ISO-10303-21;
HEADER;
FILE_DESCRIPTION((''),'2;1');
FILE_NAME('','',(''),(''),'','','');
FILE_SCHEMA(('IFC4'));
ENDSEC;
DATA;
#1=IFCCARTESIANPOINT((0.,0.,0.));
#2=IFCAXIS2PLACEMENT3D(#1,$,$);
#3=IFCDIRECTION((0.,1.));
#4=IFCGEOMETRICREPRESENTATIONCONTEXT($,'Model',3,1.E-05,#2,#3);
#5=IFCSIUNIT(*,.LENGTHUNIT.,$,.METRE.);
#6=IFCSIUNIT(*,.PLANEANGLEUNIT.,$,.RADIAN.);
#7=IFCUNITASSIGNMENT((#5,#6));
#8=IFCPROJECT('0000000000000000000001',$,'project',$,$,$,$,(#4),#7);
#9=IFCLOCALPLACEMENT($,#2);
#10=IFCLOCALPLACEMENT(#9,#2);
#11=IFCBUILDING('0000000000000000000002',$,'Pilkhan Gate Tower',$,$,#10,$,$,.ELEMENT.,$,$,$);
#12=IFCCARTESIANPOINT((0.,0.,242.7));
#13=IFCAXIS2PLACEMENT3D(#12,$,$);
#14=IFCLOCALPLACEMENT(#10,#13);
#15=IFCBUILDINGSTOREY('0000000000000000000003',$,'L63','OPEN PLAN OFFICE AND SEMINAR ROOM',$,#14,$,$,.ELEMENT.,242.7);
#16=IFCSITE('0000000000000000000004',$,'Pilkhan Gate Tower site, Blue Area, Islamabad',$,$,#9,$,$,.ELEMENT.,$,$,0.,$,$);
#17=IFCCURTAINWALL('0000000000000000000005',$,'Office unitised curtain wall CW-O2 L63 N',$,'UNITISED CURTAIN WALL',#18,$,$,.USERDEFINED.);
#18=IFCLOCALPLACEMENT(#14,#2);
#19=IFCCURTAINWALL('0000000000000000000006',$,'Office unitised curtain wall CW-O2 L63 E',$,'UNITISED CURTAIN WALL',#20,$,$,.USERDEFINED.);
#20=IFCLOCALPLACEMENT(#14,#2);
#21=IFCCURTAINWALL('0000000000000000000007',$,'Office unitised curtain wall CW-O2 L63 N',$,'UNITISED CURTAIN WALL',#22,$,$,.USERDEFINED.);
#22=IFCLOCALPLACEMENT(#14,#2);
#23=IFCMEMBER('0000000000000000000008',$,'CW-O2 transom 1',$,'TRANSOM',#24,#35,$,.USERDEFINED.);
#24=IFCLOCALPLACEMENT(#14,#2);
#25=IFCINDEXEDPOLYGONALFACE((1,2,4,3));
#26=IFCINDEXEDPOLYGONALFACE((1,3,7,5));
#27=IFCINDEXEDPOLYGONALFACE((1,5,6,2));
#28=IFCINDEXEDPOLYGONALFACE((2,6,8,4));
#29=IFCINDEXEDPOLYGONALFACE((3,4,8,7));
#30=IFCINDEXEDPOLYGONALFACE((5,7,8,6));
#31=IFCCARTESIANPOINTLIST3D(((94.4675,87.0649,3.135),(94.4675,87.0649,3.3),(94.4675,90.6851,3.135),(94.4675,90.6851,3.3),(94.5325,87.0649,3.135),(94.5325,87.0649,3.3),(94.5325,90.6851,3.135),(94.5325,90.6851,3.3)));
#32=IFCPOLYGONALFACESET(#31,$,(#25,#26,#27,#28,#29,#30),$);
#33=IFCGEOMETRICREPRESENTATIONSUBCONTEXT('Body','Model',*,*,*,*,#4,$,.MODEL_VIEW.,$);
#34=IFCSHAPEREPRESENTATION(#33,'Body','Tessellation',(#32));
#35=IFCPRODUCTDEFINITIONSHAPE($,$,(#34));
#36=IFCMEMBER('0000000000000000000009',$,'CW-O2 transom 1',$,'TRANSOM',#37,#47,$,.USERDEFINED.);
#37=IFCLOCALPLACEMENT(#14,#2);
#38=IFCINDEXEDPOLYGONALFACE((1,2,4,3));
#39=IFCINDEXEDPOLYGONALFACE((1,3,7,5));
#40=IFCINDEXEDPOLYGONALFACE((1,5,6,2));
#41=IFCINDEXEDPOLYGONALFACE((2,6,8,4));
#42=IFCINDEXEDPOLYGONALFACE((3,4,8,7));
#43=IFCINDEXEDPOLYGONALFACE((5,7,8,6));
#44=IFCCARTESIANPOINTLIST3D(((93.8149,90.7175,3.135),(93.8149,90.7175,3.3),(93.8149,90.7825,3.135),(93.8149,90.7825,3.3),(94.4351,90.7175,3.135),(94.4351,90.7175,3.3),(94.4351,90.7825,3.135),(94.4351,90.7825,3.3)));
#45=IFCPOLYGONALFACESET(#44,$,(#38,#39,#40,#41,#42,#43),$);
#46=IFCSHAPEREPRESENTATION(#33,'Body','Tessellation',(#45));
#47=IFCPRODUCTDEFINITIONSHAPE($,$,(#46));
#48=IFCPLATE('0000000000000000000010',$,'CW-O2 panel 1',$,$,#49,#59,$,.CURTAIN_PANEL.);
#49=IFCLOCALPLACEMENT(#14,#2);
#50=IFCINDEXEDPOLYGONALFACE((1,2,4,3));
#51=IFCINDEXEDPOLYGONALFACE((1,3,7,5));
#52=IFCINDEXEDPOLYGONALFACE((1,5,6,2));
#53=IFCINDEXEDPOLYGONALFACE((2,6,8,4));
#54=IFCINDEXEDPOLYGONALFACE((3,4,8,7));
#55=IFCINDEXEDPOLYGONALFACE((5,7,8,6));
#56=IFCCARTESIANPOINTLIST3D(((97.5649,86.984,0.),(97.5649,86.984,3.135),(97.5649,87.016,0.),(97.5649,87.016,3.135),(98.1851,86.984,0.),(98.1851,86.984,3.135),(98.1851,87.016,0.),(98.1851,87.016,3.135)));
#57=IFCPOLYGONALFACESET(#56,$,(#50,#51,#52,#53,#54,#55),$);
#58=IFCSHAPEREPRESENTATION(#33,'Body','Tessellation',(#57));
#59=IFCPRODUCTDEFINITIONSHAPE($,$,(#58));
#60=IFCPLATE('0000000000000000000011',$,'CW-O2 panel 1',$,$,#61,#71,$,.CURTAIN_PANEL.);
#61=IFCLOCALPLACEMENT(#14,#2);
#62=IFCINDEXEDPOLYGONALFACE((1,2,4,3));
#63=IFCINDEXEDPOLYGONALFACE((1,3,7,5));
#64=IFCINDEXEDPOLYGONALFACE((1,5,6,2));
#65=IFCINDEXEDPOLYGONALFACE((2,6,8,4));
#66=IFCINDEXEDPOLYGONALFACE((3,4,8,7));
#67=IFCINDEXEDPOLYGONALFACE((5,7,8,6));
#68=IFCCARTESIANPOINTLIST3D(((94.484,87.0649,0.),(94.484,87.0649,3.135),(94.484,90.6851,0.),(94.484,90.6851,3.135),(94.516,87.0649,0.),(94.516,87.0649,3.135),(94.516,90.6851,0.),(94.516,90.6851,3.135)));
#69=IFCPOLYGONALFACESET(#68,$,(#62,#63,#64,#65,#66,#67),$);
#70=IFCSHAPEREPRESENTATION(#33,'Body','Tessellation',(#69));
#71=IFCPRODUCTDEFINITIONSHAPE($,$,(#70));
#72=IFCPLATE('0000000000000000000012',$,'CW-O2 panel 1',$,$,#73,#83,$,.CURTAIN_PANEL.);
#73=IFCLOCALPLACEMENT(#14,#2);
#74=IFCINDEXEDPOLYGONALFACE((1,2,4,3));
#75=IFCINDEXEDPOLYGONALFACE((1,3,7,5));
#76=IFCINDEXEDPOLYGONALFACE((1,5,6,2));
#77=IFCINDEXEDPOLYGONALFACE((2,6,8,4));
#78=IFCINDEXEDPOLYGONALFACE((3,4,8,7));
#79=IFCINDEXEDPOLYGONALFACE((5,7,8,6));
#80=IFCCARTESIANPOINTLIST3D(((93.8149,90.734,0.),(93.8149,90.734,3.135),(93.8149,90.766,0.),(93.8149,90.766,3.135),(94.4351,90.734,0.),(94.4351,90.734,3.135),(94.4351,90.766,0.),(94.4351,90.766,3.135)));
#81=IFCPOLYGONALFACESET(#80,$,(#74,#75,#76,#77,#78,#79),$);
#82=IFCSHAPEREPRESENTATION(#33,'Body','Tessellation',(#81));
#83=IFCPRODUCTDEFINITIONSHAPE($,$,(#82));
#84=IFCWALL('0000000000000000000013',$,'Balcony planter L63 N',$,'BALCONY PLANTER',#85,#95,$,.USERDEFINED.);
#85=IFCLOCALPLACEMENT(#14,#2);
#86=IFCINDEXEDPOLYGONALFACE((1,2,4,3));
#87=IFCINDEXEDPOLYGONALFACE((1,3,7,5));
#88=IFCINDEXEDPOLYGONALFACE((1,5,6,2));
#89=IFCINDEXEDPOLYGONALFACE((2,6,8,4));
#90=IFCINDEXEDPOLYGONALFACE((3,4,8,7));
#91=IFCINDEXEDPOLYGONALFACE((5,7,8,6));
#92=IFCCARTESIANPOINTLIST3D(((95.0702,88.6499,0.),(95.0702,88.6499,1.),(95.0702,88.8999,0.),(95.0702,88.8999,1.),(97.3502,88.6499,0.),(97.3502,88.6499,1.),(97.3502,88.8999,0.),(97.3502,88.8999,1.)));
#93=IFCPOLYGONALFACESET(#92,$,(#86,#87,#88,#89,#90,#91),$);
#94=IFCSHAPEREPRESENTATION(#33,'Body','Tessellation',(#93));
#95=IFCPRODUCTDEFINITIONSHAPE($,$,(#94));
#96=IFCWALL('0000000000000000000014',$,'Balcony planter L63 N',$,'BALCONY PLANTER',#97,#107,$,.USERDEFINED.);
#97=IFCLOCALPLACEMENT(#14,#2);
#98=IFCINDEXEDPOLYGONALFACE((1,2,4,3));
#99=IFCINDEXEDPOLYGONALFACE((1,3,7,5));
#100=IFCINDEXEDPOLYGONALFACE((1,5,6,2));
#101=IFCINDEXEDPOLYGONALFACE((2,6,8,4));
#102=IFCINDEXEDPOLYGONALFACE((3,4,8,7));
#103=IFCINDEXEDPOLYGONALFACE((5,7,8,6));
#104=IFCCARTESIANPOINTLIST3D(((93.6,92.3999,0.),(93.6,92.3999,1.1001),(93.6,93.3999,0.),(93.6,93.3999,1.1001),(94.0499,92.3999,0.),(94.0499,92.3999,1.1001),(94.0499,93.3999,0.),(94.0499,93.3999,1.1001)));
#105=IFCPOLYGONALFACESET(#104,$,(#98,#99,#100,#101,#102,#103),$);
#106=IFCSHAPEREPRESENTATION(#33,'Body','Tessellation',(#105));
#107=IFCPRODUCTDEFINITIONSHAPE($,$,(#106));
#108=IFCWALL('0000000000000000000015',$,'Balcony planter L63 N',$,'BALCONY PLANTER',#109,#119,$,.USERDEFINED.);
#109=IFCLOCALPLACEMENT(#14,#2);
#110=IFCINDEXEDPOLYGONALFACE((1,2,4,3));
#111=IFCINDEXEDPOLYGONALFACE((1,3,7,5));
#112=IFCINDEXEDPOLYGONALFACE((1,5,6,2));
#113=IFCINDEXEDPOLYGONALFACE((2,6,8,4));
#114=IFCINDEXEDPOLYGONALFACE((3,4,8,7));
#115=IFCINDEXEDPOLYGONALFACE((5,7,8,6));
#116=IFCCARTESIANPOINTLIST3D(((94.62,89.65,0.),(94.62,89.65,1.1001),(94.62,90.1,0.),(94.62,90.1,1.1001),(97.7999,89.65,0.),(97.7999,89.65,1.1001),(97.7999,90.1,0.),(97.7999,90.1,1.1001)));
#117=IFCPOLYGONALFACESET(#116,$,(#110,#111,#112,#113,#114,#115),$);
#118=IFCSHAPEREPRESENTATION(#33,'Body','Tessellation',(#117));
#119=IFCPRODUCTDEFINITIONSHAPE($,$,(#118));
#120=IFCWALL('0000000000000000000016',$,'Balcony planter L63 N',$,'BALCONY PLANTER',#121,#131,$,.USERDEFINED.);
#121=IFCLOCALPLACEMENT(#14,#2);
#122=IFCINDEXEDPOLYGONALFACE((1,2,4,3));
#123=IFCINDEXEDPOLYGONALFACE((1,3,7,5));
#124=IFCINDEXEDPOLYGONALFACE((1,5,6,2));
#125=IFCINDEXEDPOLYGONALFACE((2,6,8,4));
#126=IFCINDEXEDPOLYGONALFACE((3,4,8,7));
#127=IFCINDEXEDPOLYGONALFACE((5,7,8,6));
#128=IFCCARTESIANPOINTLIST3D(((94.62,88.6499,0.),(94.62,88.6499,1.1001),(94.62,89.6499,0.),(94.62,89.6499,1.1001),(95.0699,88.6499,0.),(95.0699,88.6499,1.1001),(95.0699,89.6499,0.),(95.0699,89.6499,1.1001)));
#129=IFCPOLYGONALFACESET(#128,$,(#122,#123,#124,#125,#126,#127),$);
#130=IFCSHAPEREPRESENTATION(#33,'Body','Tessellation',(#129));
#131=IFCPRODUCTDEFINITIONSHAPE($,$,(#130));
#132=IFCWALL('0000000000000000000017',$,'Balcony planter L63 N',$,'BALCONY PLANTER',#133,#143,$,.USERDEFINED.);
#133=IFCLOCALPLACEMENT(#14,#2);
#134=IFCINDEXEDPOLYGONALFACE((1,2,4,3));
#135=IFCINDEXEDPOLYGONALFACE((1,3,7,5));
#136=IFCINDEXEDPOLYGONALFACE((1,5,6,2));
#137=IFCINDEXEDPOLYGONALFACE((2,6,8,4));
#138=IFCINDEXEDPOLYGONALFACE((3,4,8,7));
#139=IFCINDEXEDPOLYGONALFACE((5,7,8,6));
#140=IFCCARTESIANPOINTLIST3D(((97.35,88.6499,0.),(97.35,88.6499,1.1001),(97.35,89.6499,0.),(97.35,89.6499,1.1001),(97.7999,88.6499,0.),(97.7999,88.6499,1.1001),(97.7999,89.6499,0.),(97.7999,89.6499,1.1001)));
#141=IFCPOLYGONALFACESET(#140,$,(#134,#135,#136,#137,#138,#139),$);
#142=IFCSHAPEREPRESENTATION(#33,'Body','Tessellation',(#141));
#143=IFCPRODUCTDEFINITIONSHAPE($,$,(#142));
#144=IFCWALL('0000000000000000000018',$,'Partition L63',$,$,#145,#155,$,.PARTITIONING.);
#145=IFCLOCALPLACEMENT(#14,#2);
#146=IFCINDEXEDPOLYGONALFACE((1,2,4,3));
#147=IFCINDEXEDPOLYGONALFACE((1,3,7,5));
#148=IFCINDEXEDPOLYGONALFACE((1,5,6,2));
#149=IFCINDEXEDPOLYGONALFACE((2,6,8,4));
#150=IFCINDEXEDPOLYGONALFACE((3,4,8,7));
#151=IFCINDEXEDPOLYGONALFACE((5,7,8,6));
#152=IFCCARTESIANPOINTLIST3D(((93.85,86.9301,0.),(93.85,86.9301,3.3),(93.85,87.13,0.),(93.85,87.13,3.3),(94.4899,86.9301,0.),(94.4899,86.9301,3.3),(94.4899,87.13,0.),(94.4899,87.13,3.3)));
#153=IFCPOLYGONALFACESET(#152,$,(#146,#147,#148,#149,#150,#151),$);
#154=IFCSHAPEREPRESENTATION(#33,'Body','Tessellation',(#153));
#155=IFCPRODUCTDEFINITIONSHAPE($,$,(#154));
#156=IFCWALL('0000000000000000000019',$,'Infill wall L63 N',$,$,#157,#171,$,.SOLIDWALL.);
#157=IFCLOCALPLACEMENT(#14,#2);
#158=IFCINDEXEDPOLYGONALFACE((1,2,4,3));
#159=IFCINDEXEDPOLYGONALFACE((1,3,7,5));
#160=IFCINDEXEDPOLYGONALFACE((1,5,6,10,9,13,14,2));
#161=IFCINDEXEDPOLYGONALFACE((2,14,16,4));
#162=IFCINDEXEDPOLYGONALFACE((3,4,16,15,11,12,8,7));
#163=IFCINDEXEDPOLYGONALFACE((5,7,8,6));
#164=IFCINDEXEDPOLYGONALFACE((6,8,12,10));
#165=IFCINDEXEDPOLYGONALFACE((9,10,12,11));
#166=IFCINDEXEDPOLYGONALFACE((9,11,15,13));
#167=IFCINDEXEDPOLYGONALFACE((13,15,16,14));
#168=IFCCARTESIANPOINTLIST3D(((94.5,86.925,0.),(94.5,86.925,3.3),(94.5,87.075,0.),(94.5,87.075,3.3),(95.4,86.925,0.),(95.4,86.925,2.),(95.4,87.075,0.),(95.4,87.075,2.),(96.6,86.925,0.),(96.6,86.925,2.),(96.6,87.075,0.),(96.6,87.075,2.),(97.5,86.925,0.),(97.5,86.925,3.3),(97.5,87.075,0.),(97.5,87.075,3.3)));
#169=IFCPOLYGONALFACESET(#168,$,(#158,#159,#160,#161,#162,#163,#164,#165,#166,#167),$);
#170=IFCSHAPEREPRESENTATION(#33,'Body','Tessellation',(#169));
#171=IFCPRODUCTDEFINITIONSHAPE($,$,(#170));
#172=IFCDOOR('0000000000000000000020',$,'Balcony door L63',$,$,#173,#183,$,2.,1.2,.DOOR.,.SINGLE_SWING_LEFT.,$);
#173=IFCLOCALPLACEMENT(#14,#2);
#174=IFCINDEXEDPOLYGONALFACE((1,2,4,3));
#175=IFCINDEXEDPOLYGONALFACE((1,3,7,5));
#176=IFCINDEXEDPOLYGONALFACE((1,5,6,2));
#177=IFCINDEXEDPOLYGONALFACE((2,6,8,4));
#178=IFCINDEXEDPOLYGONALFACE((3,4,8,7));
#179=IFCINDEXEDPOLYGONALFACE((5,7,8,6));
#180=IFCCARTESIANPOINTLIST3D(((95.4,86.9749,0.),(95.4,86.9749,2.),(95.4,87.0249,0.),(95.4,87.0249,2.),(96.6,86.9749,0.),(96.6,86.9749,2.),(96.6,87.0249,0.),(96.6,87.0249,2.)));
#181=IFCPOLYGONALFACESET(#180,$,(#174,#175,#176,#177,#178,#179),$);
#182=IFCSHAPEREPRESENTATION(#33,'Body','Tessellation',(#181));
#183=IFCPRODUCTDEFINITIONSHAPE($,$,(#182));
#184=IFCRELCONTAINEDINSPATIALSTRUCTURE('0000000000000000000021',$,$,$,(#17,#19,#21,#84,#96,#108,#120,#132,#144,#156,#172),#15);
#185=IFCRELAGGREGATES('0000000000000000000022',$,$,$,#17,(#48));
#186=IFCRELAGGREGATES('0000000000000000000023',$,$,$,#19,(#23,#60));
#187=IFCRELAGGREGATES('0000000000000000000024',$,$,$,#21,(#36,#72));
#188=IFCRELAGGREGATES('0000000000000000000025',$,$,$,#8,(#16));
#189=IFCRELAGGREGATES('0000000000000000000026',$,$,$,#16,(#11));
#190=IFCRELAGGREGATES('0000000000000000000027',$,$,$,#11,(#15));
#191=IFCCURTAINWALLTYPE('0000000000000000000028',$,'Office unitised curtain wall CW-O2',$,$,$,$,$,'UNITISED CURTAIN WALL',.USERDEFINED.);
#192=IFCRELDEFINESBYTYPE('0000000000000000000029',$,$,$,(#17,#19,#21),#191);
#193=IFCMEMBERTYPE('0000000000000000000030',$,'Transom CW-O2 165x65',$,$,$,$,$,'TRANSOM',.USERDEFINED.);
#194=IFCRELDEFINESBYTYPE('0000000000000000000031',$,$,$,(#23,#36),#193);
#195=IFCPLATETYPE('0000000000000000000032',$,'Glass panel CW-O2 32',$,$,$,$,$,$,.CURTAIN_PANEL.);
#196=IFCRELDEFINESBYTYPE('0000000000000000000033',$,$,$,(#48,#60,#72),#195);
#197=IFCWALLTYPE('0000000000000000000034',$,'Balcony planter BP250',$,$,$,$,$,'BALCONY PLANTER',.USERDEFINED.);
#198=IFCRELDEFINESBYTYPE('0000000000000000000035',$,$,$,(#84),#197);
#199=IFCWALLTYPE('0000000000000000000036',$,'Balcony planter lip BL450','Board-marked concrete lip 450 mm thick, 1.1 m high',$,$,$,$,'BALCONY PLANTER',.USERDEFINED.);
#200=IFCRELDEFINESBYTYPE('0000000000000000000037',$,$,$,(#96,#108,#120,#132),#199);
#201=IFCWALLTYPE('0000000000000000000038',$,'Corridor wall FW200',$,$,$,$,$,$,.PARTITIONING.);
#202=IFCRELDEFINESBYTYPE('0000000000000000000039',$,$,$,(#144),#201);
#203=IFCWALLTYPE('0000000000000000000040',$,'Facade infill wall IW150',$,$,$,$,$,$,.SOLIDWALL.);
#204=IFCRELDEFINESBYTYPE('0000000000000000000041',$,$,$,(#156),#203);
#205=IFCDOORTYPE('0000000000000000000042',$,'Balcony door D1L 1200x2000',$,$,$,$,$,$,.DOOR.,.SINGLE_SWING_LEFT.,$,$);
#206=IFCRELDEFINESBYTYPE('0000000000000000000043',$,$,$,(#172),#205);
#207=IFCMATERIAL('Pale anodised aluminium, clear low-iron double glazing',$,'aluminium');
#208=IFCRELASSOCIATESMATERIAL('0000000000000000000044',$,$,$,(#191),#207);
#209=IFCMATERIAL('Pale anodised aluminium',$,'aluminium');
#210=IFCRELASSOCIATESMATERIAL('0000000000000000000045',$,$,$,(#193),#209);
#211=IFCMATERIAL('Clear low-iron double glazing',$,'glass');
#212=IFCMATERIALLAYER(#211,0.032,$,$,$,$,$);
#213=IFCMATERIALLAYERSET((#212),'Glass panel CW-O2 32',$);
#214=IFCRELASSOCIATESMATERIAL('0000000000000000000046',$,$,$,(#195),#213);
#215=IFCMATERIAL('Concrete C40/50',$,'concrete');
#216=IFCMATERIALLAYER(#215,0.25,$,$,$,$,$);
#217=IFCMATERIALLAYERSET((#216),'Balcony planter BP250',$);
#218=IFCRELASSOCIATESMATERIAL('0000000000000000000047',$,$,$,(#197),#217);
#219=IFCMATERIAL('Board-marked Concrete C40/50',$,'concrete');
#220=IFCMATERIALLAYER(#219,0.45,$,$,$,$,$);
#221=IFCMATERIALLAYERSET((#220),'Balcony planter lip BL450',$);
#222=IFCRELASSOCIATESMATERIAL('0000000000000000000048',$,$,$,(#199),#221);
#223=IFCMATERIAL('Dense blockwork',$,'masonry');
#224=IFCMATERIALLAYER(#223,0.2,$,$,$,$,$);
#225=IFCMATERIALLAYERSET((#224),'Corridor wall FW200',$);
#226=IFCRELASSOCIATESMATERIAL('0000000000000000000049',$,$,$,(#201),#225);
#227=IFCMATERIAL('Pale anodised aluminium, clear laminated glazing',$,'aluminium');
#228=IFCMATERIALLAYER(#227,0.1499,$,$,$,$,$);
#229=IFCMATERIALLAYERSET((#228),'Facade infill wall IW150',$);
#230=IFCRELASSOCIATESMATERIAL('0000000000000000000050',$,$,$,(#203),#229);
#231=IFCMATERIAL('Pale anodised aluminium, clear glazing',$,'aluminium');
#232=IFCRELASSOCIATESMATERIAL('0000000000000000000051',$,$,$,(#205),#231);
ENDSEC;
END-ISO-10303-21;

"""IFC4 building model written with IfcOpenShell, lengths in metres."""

from ifc_helpers import new_model, si_unit, direction, frame, frame_2d, origin, origin_2d, place, context, subcontext, project, spatial, rectangle, extrude, material, layer, layer_set, material_profile, profile_set, type_object, element, fill, aggregate, save


model = new_model("IFC4")

# Units and contexts
model_context = context("Model", 3, precision=1e-05, world=origin(), true_north=direction((0.0, 1.0)))
body_context = subcontext(model_context, "Body", "Model", "MODEL_VIEW")
ifc_project = project(units=[si_unit("LENGTHUNIT", "METRE"), si_unit("PLANEANGLEUNIT", "RADIAN")], contexts=[model_context])

# Site, building, storey
site_placement = place(None, origin())
site = spatial("IfcSite", under=ifc_project, at=site_placement, Name="Pilkhan Gate Tower site, Blue Area, Islamabad", CompositionType="ELEMENT", RefElevation=0.0)
building_placement = place(site_placement, origin())
building = spatial("IfcBuilding", under=site, at=building_placement, Name="Pilkhan Gate Tower", CompositionType="ELEMENT")
storey_placement = place(building_placement, frame((0.0, 0.0, 242.7)))
storey = spatial("IfcBuildingStorey", under=building, at=storey_placement, Name="L63", Description="OPEN PLAN OFFICE AND SEMINAR ROOM", CompositionType="ELEMENT", Elevation=242.7)

# Shared definitions
ifc_material_1 = material(Name="Pale anodised aluminium, clear low-iron double glazing", Category="aluminium")
curtain_wall_type = type_object("IfcCurtainWallType", Name="Office unitised curtain wall CW-O2", ElementType="UNITISED CURTAIN WALL", PredefinedType="USERDEFINED", material=ifc_material_1)
ifc_material_2 = material(Name="Pale anodised aluminium", Category="aluminium")

# Curtain walls
curtain_wall_1_placement = place(storey_placement, origin())
curtain_wall_1 = element("IfcCurtainWall", 1, at=curtain_wall_1_placement, inside=storey, type_object=curtain_wall_type, Name="Office unitised curtain wall CW-O2 L63 N", ObjectType="UNITISED CURTAIN WALL", PredefinedType="USERDEFINED")
curtain_wall_2_placement = place(storey_placement, origin())
curtain_wall_2 = element("IfcCurtainWall", 2, at=curtain_wall_2_placement, inside=storey, type_object=curtain_wall_type, Name="Office unitised curtain wall CW-O2 L63 E", ObjectType="UNITISED CURTAIN WALL", PredefinedType="USERDEFINED")
curtain_wall_3_placement = place(storey_placement, origin())
curtain_wall_3 = element("IfcCurtainWall", 3, at=curtain_wall_3_placement, inside=storey, type_object=curtain_wall_type, Name="Office unitised curtain wall CW-O2 L63 N", ObjectType="UNITISED CURTAIN WALL", PredefinedType="USERDEFINED")

# Members
ifc_material_profile_1 = material_profile(ifc_material_2, rectangle(XDim=0.0649, YDim=0.165, at=origin_2d()), Name="Transom 165x65")
ifc_profile_set_1 = profile_set([ifc_material_profile_1], Name="Pale anodised aluminium")
member_type_1 = type_object("IfcMemberType", Name="Transom CW-O2 165x65", ElementType="TRANSOM", PredefinedType="USERDEFINED", material=ifc_profile_set_1)
member_1_placement = place(storey_placement, frame((94.5, 87.0649, 3.2175), z_axis=(0.0, 1.0, 0.0), x_axis=(-1.0, 0.0, 0.0)))
member_1 = element("IfcMember", 4, at=member_1_placement, type_object=member_type_1, Name="CW-O2 transom 1", ObjectType="TRANSOM", PredefinedType="USERDEFINED", context=body_context, shape_type="SweptSolid", body=[
    extrude(rectangle(XDim=0.0649, YDim=0.165, at=origin_2d()), origin(), (0.0, 0.0, 1.0), 3.6201),
])
member_2_placement = place(storey_placement, frame((93.8149, 90.75, 3.2175), z_axis=(1.0, 0.0, 0.0), x_axis=(0.0, 1.0, 0.0)))
member_2 = element("IfcMember", 5, at=member_2_placement, type_object=member_type_1, Name="CW-O2 transom 1", ObjectType="TRANSOM", PredefinedType="USERDEFINED", context=body_context, shape_type="SweptSolid", body=[
    extrude(rectangle(XDim=0.0649, YDim=0.165, at=origin_2d()), origin(), (0.0, 0.0, 1.0), 0.6201),
])

# Plates
ifc_material_3 = material(Name="Clear low-iron double glazing", Category="glass")
ifc_layer_1 = layer(ifc_material_3, 0.032)
ifc_layer_set_1 = layer_set([ifc_layer_1], Name="Glass panel CW-O2 32")
plate_type = type_object("IfcPlateType", Name="Glass panel CW-O2 32", PredefinedType="CURTAIN_PANEL", material=ifc_layer_set_1)
plate_1_placement = place(storey_placement, frame((97.875, 87.0, 0.0), z_axis=(0.0, 0.0, 1.0), x_axis=(1.0, 0.0, 0.0)))
plate_1 = element("IfcPlate", 6, at=plate_1_placement, type_object=plate_type, Name="CW-O2 panel 1", PredefinedType="CURTAIN_PANEL", context=body_context, shape_type="SweptSolid", body=[
    extrude(rectangle(XDim=0.6201, YDim=0.032, at=origin_2d()), origin(), (0.0, 0.0, 1.0), 3.135),
])
aggregate(curtain_wall_1, [plate_1])
plate_2_placement = place(storey_placement, frame((94.5, 88.875, 0.0), z_axis=(0.0, 0.0, 1.0), x_axis=(0.0, 1.0, 0.0)))
plate_2 = element("IfcPlate", 7, at=plate_2_placement, type_object=plate_type, Name="CW-O2 panel 1", PredefinedType="CURTAIN_PANEL", context=body_context, shape_type="SweptSolid", body=[
    extrude(rectangle(XDim=3.6201, YDim=0.032, at=origin_2d()), origin(), (0.0, 0.0, 1.0), 3.135),
])
aggregate(curtain_wall_2, [member_1, plate_2])
plate_3_placement = place(storey_placement, frame((94.125, 90.75, 0.0), z_axis=(0.0, 0.0, 1.0), x_axis=(1.0, 0.0, 0.0)))
plate_3 = element("IfcPlate", 8, at=plate_3_placement, type_object=plate_type, Name="CW-O2 panel 1", PredefinedType="CURTAIN_PANEL", context=body_context, shape_type="SweptSolid", body=[
    extrude(rectangle(XDim=0.6201, YDim=0.032, at=origin_2d()), origin(), (0.0, 0.0, 1.0), 3.135),
])
aggregate(curtain_wall_3, [member_2, plate_3])

# Walls
ifc_material_4 = material(Name="Concrete C40/50", Category="concrete")
ifc_layer_2 = layer(ifc_material_4, 0.25)
ifc_layer_set_2 = layer_set([ifc_layer_2], Name="Balcony planter BP250")
wall_type_1 = type_object("IfcWallType", Name="Balcony planter BP250", ElementType="BALCONY PLANTER", PredefinedType="USERDEFINED", material=ifc_layer_set_2)
wall_1_placement = place(storey_placement, frame((95.0701, 88.7749, 0.0), z_axis=(0.0, 0.0, 1.0), x_axis=(1.0, 0.0, 0.0)))
element("IfcWall", 9, at=wall_1_placement, inside=storey, type_object=wall_type_1, Name="Balcony planter L63 N", ObjectType="BALCONY PLANTER", PredefinedType="USERDEFINED", context=body_context, shape_type="SweptSolid", body=[
    extrude(rectangle(XDim=2.28, YDim=0.25, at=frame_2d((1.1401, 0.0))), origin(), (0.0, 0.0, 1.0), 1.0),
])
ifc_material_5 = material(Name="Board-marked Concrete C40/50", Category="concrete")
ifc_layer_3 = layer(ifc_material_5, 0.45)
ifc_layer_set_3 = layer_set([ifc_layer_3], Name="Balcony planter lip BL450")
wall_type_2 = type_object("IfcWallType", Name="Balcony planter lip BL450", Description="Board-marked concrete lip 450 mm thick, 1.1 m high", ElementType="BALCONY PLANTER", PredefinedType="USERDEFINED", material=ifc_layer_set_3)
wall_2_placement = place(storey_placement, frame((93.825, 92.3999, 0.0), z_axis=(0.0, 0.0, 1.0), x_axis=(0.0, 1.0, 0.0)))
element("IfcWall", 10, at=wall_2_placement, inside=storey, type_object=wall_type_2, Name="Balcony planter L63 N", ObjectType="BALCONY PLANTER", PredefinedType="USERDEFINED", context=body_context, shape_type="SweptSolid", body=[
    extrude(rectangle(XDim=1.0, YDim=0.45, at=frame_2d((0.5, 0.0))), origin(), (0.0, 0.0, 1.0), 1.1001),
])
wall_3_placement = place(storey_placement, frame((94.6201, 89.875, 0.0), z_axis=(0.0, 0.0, 1.0), x_axis=(1.0, 0.0, 0.0)))
element("IfcWall", 11, at=wall_3_placement, inside=storey, type_object=wall_type_2, Name="Balcony planter L63 N", ObjectType="BALCONY PLANTER", PredefinedType="USERDEFINED", context=body_context, shape_type="SweptSolid", body=[
    extrude(rectangle(XDim=3.1799, YDim=0.45, at=frame_2d((1.5898, 0.0))), origin(), (0.0, 0.0, 1.0), 1.1001),
])
for number, where, z_axis, x_axis, name in (
    (12, (94.845, 88.6499, 0.0), (0.0, 0.0, 1.0), (0.0, 1.0, 0.0), "Balcony planter L63 N"),
    (13, (97.575, 88.6499, 0.0), (0.0, 0.0, 1.0), (0.0, 1.0, 0.0), "Balcony planter L63 N"),
):
    element("IfcWall", number, at=place(storey_placement, frame(where, z_axis=z_axis, x_axis=x_axis)), inside=storey, type_object=wall_type_2, Name=name, ObjectType="BALCONY PLANTER", PredefinedType="USERDEFINED", context=body_context, shape_type="SweptSolid", body=[
        extrude(rectangle(XDim=1.0, YDim=0.45, at=frame_2d((0.5, 0.0))), origin(), (0.0, 0.0, 1.0), 1.1001),
    ])
ifc_material_6 = material(Name="Dense blockwork", Category="masonry")
ifc_layer_4 = layer(ifc_material_6, 0.2)
ifc_layer_set_4 = layer_set([ifc_layer_4], Name="Corridor wall FW200")
wall_type_3 = type_object("IfcWallType", Name="Corridor wall FW200", PredefinedType="PARTITIONING", material=ifc_layer_set_4)
wall_4_placement = place(storey_placement, frame((93.8501, 87.03, 0.0), z_axis=(0.0, 0.0, 1.0), x_axis=(1.0, 0.0, 0.0)))
element("IfcWall", 14, at=wall_4_placement, inside=storey, type_object=wall_type_3, Name="Partition L63", PredefinedType="PARTITIONING", context=body_context, shape_type="SweptSolid", body=[
    extrude(rectangle(XDim=0.6399, YDim=0.2, at=frame_2d((0.3198, 0.0))), origin(), (0.0, 0.0, 1.0), 3.3),
])

# Wall, opening, door
ifc_material_7 = material(Name="Pale anodised aluminium, clear laminated glazing", Category="aluminium")
ifc_layer_5 = layer(ifc_material_7, 0.1499)
ifc_layer_set_5 = layer_set([ifc_layer_5], Name="Facade infill wall IW150")
wall_type_4 = type_object("IfcWallType", Name="Facade infill wall IW150", PredefinedType="SOLIDWALL", material=ifc_layer_set_5)
wall_5_placement = place(storey_placement, frame((94.5, 87.0, 0.0), z_axis=(0.0, 0.0, 1.0), x_axis=(1.0, 0.0, 0.0)))
wall_5 = element("IfcWall", 15, at=wall_5_placement, inside=storey, type_object=wall_type_4, Name="Infill wall L63 N", PredefinedType="SOLIDWALL", context=body_context, shape_type="SweptSolid", body=[
    extrude(rectangle(XDim=3.0, YDim=0.1499, at=frame_2d((1.5, 0.0))), origin(), (0.0, 0.0, 1.0), 3.3),
])
opening_placement = place(wall_5_placement, frame((0.8999, 0.0, 0.0)))
opening = element("IfcOpeningElement", 16, at=opening_placement, cuts=wall_5, PredefinedType="OPENING", context=body_context, shape_type="SweptSolid", body=[
    extrude(rectangle(XDim=1.2, YDim=2.0, at=frame_2d((0.6001, 1.0))), frame((0.0, 0.085, 0.0), z_axis=(0.0, -1.0, 0.0), x_axis=(1.0, 0.0, 0.0)), (0.0, 0.0, 1.0), 0.1699),
])
ifc_material_8 = material(Name="Pale anodised aluminium, clear glazing", Category="aluminium")
door_type = type_object("IfcDoorType", Name="Balcony door D1L 1200x2000", OperationType="SINGLE_SWING_LEFT", PredefinedType="DOOR", material=ifc_material_8)
door_placement = place(opening_placement, origin())
door = element("IfcDoor", 17, at=door_placement, inside=storey, type_object=door_type, Name="Balcony door L63", OperationType="SINGLE_SWING_LEFT", OverallHeight=2.0, OverallWidth=1.2, PredefinedType="DOOR", context=body_context, shape_type="SweptSolid", body=[
    extrude(rectangle(XDim=1.2, YDim=2.0, at=frame_2d((0.6001, 1.0))), frame((0.0, 0.0249, 0.0), z_axis=(0.0, -1.0, 0.0), x_axis=(1.0, 0.0, 0.0)), (0.0, 0.0, 1.0), 0.05),
])
fill(opening, door)

save(model, "model.ifc")
